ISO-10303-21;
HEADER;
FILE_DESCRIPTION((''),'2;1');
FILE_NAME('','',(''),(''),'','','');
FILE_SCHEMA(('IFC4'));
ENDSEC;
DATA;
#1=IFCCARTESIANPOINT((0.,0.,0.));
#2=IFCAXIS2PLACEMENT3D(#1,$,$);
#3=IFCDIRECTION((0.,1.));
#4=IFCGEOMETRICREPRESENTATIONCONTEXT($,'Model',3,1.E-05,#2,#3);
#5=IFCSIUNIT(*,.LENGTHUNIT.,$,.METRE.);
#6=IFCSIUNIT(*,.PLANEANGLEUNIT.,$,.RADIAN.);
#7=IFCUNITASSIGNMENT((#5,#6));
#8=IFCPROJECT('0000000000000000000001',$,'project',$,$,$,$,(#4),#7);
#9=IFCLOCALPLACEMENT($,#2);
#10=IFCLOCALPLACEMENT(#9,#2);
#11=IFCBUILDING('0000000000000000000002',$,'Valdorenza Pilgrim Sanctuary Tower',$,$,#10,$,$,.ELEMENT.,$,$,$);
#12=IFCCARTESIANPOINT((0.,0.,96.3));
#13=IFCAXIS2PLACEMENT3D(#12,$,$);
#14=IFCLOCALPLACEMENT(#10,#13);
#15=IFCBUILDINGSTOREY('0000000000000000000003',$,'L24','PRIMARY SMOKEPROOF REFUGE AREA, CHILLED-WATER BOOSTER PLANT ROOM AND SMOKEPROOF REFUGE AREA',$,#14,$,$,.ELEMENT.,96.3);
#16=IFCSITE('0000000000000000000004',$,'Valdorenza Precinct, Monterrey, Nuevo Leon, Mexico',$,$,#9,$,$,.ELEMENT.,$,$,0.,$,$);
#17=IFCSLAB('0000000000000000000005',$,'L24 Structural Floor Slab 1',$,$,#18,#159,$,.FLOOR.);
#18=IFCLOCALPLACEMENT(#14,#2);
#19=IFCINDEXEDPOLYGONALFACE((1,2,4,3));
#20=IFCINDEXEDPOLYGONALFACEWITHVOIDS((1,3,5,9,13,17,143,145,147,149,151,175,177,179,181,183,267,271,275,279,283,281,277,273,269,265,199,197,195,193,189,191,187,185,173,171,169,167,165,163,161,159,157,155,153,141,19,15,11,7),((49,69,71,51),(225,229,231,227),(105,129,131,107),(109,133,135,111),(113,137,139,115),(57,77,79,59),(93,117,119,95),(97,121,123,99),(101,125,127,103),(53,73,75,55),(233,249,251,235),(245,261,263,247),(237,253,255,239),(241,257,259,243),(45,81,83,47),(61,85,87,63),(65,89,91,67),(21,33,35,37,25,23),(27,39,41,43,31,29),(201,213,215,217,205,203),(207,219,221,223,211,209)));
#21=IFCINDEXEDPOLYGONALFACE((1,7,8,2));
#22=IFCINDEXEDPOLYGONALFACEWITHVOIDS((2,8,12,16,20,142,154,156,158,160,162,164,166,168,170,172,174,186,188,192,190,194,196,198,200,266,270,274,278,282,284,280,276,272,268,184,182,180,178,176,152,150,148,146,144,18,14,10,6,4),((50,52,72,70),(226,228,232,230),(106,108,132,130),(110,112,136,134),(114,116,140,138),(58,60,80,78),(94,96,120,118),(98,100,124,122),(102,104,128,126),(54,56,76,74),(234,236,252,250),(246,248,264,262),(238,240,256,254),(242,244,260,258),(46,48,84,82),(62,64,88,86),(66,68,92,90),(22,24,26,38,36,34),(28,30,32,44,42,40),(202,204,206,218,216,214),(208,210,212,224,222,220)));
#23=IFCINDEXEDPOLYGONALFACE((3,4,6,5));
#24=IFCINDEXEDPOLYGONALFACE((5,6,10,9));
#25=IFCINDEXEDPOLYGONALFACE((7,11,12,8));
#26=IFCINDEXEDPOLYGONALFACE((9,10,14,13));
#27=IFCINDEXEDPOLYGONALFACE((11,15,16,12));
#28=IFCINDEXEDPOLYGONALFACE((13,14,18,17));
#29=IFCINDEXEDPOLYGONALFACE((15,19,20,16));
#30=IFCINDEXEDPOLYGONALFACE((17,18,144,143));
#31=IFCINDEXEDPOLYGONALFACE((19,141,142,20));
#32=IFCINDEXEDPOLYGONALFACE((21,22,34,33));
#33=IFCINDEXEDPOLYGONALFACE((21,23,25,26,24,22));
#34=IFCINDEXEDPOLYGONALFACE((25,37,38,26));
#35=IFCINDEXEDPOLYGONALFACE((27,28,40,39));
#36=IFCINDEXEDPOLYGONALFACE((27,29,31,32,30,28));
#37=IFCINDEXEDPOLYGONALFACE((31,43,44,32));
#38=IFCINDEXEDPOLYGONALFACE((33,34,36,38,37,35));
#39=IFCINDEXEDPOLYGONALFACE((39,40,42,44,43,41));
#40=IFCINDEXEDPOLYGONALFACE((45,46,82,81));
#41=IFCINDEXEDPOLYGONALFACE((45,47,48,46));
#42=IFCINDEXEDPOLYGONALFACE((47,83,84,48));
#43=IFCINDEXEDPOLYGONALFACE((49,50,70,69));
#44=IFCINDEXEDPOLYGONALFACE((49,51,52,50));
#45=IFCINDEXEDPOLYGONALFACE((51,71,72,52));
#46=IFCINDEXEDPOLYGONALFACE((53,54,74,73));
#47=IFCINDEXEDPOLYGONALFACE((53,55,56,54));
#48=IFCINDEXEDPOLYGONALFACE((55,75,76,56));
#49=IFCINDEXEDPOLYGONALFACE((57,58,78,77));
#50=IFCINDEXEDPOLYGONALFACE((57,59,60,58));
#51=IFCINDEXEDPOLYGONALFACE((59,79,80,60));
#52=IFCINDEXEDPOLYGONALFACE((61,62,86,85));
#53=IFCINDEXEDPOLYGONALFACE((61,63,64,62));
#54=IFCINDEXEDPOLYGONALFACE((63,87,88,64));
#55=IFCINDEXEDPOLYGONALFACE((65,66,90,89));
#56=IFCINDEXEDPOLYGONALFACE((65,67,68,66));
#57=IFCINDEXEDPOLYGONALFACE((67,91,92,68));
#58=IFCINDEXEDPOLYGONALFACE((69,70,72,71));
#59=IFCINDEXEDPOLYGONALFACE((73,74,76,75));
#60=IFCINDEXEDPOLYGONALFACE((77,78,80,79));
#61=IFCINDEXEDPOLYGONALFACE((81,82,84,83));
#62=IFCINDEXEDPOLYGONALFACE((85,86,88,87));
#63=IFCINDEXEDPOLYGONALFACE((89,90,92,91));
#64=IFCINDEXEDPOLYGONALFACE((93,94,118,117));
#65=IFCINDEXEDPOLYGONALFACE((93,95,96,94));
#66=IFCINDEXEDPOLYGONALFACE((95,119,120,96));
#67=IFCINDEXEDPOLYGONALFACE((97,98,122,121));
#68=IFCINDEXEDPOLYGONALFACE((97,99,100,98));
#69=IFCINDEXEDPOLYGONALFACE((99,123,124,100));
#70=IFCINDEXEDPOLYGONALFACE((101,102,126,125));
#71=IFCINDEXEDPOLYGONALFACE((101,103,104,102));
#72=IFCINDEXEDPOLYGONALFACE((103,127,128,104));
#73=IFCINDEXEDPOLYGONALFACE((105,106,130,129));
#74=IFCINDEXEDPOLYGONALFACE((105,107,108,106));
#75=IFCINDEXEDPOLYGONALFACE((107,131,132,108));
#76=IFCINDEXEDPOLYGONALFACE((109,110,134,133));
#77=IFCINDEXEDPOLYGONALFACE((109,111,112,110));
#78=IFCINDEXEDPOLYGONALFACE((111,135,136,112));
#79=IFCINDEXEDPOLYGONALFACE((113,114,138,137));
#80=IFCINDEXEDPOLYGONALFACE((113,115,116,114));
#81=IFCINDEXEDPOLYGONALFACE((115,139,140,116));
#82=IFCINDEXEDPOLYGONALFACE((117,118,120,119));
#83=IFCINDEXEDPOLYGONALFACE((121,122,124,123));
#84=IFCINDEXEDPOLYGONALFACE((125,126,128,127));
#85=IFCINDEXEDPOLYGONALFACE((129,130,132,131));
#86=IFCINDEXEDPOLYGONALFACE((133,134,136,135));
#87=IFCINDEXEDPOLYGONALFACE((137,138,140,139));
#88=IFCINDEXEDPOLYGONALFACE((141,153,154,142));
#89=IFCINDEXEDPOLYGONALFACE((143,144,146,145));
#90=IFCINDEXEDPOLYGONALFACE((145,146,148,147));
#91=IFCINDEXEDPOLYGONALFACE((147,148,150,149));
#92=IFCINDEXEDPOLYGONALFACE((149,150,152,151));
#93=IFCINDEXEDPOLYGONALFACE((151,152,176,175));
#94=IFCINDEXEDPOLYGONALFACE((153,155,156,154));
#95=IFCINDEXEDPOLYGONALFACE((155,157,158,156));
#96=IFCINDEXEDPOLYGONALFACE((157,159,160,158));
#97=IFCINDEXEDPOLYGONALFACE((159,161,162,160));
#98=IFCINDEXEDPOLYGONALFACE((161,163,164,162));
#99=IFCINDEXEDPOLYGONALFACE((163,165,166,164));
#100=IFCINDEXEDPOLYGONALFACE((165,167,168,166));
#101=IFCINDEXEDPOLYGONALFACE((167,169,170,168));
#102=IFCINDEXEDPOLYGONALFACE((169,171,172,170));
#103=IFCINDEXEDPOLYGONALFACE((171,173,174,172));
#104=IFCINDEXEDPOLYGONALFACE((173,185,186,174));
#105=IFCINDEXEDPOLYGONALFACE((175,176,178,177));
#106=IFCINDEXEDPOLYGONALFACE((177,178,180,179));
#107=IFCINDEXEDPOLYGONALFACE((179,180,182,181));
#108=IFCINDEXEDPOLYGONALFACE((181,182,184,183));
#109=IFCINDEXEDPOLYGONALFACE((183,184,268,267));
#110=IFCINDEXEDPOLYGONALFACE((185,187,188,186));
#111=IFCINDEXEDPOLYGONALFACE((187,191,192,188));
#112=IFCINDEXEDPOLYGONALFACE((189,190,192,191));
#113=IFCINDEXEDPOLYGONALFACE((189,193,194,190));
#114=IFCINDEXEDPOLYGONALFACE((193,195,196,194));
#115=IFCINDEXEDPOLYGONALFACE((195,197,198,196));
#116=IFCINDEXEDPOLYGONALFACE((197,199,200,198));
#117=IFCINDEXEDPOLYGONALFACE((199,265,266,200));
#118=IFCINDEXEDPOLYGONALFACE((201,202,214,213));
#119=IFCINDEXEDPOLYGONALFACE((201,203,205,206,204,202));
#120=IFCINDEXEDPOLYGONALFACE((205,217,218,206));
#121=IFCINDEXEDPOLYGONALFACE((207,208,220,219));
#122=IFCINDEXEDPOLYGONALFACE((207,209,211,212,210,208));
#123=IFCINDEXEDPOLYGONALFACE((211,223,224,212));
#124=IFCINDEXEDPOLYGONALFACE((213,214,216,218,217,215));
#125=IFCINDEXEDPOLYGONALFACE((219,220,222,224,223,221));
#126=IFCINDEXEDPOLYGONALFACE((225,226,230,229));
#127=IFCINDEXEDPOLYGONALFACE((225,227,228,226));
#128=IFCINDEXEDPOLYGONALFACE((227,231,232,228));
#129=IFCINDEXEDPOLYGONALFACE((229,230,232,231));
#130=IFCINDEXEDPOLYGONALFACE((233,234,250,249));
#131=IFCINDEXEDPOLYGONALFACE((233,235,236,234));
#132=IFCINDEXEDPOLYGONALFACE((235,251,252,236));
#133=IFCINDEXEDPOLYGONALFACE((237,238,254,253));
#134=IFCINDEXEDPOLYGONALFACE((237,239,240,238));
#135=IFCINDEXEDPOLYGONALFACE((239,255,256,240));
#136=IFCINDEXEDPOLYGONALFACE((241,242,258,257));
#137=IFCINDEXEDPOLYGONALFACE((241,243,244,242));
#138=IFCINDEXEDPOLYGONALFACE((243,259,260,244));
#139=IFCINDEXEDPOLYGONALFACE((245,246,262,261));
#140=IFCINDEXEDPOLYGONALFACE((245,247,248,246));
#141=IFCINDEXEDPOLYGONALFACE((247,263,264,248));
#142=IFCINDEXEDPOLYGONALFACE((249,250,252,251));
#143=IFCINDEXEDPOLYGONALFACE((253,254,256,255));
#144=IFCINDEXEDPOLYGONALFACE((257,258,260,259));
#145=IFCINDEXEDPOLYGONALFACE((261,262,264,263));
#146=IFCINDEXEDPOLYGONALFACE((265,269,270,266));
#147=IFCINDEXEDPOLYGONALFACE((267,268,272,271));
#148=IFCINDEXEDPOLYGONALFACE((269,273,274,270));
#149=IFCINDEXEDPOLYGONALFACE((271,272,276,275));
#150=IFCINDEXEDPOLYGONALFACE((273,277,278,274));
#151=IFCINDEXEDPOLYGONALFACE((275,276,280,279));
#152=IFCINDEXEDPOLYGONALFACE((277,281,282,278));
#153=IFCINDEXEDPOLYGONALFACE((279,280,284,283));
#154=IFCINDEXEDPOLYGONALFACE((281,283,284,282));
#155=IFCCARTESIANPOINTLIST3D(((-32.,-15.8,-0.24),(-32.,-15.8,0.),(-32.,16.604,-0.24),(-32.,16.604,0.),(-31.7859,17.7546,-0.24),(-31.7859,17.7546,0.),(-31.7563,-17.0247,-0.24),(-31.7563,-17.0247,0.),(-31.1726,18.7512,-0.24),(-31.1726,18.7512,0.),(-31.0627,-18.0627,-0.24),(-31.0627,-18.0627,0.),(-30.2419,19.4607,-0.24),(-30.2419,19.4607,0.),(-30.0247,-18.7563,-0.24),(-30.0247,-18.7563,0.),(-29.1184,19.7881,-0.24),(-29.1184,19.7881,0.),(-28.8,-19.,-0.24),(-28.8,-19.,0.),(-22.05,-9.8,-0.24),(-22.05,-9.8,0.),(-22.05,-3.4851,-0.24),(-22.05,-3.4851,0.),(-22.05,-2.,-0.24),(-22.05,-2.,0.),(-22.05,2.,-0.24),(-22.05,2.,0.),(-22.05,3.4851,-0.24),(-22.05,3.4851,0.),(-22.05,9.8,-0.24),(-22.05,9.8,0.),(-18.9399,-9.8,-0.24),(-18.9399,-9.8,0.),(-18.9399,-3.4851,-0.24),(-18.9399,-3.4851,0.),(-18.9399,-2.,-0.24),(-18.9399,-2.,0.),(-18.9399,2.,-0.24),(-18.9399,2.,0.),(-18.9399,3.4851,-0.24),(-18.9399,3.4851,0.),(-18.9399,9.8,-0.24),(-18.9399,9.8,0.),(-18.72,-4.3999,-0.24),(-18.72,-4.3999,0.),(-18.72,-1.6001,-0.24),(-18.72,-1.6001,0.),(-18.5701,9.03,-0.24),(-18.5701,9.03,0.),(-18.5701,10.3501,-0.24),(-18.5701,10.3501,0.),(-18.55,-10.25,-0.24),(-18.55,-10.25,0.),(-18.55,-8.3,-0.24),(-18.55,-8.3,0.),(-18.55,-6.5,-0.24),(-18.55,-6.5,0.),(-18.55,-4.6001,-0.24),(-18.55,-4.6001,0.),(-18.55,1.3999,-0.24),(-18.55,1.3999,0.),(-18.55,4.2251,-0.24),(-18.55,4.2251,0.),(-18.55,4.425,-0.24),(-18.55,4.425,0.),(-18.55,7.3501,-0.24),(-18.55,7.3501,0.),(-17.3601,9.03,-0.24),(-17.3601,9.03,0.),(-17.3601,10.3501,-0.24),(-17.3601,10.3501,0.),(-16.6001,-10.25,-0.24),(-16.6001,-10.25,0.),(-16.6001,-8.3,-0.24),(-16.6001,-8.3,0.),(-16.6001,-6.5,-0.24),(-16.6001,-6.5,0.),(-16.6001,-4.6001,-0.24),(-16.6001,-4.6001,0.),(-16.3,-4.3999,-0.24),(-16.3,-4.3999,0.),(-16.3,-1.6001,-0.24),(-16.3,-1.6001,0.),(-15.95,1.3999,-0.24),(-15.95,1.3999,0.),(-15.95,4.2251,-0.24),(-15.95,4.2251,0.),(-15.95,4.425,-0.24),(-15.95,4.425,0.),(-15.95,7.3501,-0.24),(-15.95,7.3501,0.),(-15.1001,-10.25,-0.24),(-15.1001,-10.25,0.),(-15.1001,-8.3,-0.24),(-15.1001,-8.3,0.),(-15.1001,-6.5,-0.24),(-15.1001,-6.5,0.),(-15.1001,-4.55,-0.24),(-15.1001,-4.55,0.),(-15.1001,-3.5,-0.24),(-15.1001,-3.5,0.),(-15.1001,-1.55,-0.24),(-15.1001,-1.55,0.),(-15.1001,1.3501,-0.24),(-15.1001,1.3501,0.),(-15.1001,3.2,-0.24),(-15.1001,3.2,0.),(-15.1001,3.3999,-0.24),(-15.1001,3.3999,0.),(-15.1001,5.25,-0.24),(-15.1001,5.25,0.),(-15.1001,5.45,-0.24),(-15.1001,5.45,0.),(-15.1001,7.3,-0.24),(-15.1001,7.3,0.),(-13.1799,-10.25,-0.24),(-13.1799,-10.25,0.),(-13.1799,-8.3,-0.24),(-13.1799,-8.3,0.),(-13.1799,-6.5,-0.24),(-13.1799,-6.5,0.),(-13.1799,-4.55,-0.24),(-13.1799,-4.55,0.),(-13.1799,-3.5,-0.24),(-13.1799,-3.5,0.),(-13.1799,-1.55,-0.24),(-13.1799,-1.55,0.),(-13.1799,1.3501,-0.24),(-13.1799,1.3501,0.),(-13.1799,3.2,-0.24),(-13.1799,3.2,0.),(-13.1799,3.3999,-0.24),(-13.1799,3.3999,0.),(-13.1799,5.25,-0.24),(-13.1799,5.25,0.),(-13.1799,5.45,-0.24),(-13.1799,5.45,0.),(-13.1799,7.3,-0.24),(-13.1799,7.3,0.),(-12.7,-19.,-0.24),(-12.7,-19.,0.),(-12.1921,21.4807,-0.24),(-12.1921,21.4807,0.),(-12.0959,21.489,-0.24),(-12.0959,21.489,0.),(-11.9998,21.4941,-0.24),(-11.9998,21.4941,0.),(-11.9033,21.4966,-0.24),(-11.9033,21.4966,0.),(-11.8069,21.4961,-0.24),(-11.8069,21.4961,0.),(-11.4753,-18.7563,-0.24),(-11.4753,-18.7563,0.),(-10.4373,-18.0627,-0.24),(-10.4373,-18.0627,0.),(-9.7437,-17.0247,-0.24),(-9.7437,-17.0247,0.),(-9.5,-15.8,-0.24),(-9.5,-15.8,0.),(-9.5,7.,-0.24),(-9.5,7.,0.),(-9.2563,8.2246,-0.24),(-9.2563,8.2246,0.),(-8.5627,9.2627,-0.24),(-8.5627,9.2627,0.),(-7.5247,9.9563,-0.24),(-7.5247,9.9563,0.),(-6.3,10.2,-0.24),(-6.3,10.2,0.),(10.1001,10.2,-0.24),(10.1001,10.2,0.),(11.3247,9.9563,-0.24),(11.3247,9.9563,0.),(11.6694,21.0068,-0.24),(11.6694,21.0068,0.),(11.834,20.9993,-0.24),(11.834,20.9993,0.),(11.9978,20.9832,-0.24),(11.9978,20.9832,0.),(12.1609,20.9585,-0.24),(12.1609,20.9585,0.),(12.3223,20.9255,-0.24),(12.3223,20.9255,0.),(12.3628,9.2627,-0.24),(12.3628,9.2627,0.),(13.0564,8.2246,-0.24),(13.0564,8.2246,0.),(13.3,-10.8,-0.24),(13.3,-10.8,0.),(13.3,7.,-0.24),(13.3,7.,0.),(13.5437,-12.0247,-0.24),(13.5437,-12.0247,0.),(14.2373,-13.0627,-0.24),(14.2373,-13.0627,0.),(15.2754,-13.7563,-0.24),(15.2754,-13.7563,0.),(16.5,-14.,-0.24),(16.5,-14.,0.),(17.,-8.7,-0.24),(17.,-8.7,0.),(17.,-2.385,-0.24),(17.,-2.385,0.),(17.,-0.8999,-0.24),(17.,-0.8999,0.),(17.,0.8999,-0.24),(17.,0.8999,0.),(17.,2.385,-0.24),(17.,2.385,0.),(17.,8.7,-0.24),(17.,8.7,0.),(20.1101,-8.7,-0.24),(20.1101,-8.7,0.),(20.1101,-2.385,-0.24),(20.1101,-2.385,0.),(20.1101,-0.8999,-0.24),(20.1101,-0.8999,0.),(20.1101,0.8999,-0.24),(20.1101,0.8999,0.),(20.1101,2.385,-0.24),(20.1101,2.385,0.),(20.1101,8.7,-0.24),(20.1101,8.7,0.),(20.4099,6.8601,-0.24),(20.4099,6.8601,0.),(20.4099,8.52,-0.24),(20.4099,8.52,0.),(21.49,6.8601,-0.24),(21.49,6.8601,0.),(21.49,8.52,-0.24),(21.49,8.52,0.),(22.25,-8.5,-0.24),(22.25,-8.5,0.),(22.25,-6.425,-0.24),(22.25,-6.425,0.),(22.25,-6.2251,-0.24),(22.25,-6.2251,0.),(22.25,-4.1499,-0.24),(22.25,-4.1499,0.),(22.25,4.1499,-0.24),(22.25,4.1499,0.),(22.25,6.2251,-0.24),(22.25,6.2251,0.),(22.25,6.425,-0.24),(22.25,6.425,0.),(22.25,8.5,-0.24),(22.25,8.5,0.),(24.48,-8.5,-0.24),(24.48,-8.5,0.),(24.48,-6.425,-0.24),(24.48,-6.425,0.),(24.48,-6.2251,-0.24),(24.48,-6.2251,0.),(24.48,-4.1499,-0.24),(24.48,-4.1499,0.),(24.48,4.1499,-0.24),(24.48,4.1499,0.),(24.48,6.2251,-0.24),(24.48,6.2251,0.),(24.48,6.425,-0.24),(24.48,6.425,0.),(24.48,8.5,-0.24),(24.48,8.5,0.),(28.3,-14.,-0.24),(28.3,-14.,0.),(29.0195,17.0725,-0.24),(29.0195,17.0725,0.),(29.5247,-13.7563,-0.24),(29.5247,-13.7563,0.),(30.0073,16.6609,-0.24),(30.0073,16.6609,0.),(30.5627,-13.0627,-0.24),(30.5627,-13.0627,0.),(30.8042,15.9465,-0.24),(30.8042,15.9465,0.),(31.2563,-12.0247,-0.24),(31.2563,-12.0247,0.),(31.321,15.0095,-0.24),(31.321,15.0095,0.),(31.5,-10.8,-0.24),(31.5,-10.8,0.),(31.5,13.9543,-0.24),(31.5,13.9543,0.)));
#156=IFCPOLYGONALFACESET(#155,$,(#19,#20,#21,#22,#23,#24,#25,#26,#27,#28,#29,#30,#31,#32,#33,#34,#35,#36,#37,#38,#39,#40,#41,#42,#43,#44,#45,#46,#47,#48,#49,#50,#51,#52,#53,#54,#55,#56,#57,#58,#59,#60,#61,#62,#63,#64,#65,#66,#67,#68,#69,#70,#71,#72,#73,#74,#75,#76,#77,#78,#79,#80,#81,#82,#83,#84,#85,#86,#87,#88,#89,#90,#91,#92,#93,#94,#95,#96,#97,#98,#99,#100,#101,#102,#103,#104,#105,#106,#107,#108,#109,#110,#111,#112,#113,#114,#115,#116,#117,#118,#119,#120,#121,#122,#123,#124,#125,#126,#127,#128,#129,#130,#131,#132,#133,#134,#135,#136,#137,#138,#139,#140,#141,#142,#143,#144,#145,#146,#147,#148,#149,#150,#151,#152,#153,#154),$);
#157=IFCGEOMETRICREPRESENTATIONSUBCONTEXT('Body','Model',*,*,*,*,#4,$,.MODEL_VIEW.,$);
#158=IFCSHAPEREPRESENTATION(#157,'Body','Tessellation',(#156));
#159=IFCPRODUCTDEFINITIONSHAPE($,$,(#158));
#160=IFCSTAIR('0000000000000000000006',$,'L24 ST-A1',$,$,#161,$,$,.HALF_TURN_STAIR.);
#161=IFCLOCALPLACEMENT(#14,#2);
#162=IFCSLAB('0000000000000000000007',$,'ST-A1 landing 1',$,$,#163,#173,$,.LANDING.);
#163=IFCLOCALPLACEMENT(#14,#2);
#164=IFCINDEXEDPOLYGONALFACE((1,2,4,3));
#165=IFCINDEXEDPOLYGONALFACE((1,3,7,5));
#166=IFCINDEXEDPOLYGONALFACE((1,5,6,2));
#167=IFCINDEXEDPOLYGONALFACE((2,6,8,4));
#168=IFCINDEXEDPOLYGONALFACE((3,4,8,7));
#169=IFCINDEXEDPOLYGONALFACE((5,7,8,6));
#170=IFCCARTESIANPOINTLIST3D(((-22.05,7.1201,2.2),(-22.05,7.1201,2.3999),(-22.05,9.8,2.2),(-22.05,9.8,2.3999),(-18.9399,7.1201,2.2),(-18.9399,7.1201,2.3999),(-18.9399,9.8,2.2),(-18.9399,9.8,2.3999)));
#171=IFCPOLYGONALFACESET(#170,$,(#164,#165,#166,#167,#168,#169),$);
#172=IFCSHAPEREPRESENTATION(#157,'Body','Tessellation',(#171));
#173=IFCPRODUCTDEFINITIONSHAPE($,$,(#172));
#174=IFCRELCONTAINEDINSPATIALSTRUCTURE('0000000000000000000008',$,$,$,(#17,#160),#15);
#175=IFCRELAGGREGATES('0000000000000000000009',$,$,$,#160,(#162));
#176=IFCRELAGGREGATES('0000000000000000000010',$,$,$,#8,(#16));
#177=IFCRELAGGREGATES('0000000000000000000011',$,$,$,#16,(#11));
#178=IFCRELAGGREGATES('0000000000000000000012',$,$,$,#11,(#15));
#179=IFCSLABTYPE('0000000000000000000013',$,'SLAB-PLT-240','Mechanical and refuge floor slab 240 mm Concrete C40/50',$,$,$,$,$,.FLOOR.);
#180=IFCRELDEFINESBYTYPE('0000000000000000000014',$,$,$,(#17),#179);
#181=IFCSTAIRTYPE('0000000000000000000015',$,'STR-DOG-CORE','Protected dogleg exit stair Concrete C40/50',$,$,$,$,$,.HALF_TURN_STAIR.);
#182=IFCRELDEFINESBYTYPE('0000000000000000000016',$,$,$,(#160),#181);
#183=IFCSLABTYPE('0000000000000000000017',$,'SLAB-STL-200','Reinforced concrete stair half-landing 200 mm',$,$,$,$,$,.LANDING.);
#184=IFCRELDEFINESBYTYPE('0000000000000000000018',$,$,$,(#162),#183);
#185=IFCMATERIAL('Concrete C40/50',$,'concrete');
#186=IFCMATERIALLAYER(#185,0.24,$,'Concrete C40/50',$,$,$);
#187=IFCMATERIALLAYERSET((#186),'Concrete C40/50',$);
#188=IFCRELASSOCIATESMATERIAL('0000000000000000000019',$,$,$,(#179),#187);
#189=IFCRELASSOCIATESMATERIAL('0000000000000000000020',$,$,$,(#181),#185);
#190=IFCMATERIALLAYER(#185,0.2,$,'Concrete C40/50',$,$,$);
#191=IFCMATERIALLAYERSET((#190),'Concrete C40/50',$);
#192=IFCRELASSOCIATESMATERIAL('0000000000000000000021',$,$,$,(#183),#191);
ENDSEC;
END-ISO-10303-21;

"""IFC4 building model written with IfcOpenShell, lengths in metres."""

from ifc_helpers import new_model, si_unit, direction, frame, origin, place, context, subcontext, project, spatial, polyline, outline, extrude, material, layer, layer_set, type_object, element, aggregate, save


model = new_model("IFC4")

# Units and contexts
model_context = context("Model", 3, precision=1e-05, world=origin(), true_north=direction((0.0, 1.0)))
body_context = subcontext(model_context, "Body", "Model", "MODEL_VIEW")
ifc_project = project(units=[si_unit("LENGTHUNIT", "METRE"), si_unit("PLANEANGLEUNIT", "RADIAN")], contexts=[model_context])

# Site, building, storey
site_placement = place(None, origin())
site = spatial("IfcSite", under=ifc_project, at=site_placement, Name="Valdorenza Precinct, Monterrey, Nuevo Leon, Mexico", CompositionType="ELEMENT", RefElevation=0.0)
building_placement = place(site_placement, origin())
building = spatial("IfcBuilding", under=site, at=building_placement, Name="Valdorenza Pilgrim Sanctuary Tower", CompositionType="ELEMENT")
storey_placement = place(building_placement, frame((0.0, 0.0, 96.3)))
storey = spatial("IfcBuildingStorey", under=building, at=storey_placement, Name="L24", Description="PRIMARY SMOKEPROOF REFUGE AREA, CHILLED-WATER BOOSTER PLANT ROOM AND SMOKEPROOF REFUGE AREA", CompositionType="ELEMENT", Elevation=96.3)

# Slab
ifc_material_1 = material(Name="Concrete C40/50", Category="concrete")
ifc_layer_1 = layer(ifc_material_1, 0.24, Name="Concrete C40/50")
ifc_layer_set_1 = layer_set([ifc_layer_1], Name="Concrete C40/50")
slab_type_1 = type_object("IfcSlabType", Name="SLAB-PLT-240", Description="Mechanical and refuge floor slab 240 mm Concrete C40/50", PredefinedType="FLOOR", material=ifc_layer_set_1)
slab_1_placement = place(storey_placement, frame((0.0, 0.0, -0.24)))
element("IfcSlab", 1, at=slab_1_placement, inside=storey, type_object=slab_type_1, Name="L24 Structural Floor Slab 1", PredefinedType="FLOOR", context=body_context, shape_type="SweptSolid", body=[
    extrude(outline(polyline([(-32.0, 16.604), (-31.7859, 17.7546), (-31.1726, 18.7512), (-30.2419, 19.4607), (-29.1184, 19.7881), (-12.1921, 21.4807), (-12.0959, 21.489), (-11.9998, 21.4941), (-11.9033, 21.4966), (-11.8069, 21.4961), (11.6694, 21.0068), (11.834, 20.9993), (11.9978, 20.9832), (12.1609, 20.9585), (12.3223, 20.9255), (29.0195, 17.0725), (30.0073, 16.6609), (30.8042, 15.9465), (31.321, 15.0095), (31.5, 13.9543), (31.5, -10.8), (31.2563, -12.0247), (30.5627, -13.0627), (29.5247, -13.7563), (28.3, -14.0), (16.5, -14.0), (15.2754, -13.7563), (14.2373, -13.0627), (13.5437, -12.0247), (13.3, -10.8), (13.3, 7.0), (13.0564, 8.2246), (12.3628, 9.2627), (11.3247, 9.9563), (10.1001, 10.2), (-6.3, 10.2), (-7.5247, 9.9563), (-8.5627, 9.2627), (-9.2563, 8.2246), (-9.5, 7.0), (-9.5, -15.8), (-9.7437, -17.0247), (-10.4373, -18.0627), (-11.4753, -18.7563), (-12.7, -19.0), (-28.8, -19.0), (-30.0247, -18.7563), (-31.0627, -18.0627), (-31.7563, -17.0247), (-32.0, -15.8), (-32.0, 16.604)]), holes=[polyline([(-16.6001, -10.25), (-16.6001, -8.3), (-18.55, -8.3), (-18.55, -10.25), (-16.6001, -10.25)]), polyline([(-22.05, -9.8), (-18.9399, -9.8), (-18.9399, -3.4851), (-18.9399, -2.0), (-22.05, -2.0), (-22.05, -3.4851), (-22.05, -9.8)]), polyline([(-18.55, -6.5), (-16.6001, -6.5), (-16.6001, -4.6001), (-18.55, -4.6001), (-18.55, -6.5)]), polyline([(-13.1799, -6.5), (-13.1799, -4.55), (-15.1001, -4.55), (-15.1001, -6.5), (-13.1799, -6.5)]), polyline([(-18.72, -4.3999), (-16.3, -4.3999), (-16.3, -1.6001), (-18.72, -1.6001), (-18.72, -4.3999)]), polyline([(-13.1799, -3.5), (-13.1799, -1.55), (-15.1001, -1.55), (-15.1001, -3.5), (-13.1799, -3.5)]), polyline([(-22.05, 2.0), (-18.9399, 2.0), (-18.9399, 3.4851), (-18.9399, 9.8), (-22.05, 9.8), (-22.05, 3.4851), (-22.05, 2.0)]), polyline([(-18.55, 1.3999), (-15.95, 1.3999), (-15.95, 4.2251), (-18.55, 4.2251), (-18.55, 1.3999)]), polyline([(-15.95, 4.425), (-15.95, 7.3501), (-18.55, 7.3501), (-18.55, 4.425), (-15.95, 4.425)]), polyline([(-15.1001, 5.45), (-13.1799, 5.45), (-13.1799, 7.3), (-15.1001, 7.3), (-15.1001, 5.45)]), polyline([(-17.3601, 9.03), (-17.3601, 10.3501), (-18.5701, 10.3501), (-18.5701, 9.03), (-17.3601, 9.03)]), polyline([(-15.1001, -10.25), (-13.1799, -10.25), (-13.1799, -8.3), (-15.1001, -8.3), (-15.1001, -10.25)]), polyline([(22.25, -8.5), (24.48, -8.5), (24.48, -6.425), (22.25, -6.425), (22.25, -8.5)]), polyline([(17.0, -2.385), (17.0, -8.7), (20.1101, -8.7), (20.1101, -2.385), (20.1101, -0.8999), (17.0, -0.8999), (17.0, -2.385)]), polyline([(22.25, -6.2251), (24.48, -6.2251), (24.48, -4.1499), (22.25, -4.1499), (22.25, -6.2251)]), polyline([(17.0, 0.8999), (20.1101, 0.8999), (20.1101, 2.385), (20.1101, 8.7), (17.0, 8.7), (17.0, 2.385), (17.0, 0.8999)]), polyline([(-15.1001, 1.3501), (-13.1799, 1.3501), (-13.1799, 3.2), (-15.1001, 3.2), (-15.1001, 1.3501)]), polyline([(-15.1001, 3.3999), (-13.1799, 3.3999), (-13.1799, 5.25), (-15.1001, 5.25), (-15.1001, 3.3999)]), polyline([(22.25, 4.1499), (24.48, 4.1499), (24.48, 6.2251), (22.25, 6.2251), (22.25, 4.1499)]), polyline([(22.25, 6.425), (24.48, 6.425), (24.48, 8.5), (22.25, 8.5), (22.25, 6.425)]), polyline([(20.4099, 6.8601), (21.49, 6.8601), (21.49, 8.52), (20.4099, 8.52), (20.4099, 6.8601)])]), origin(), (0.0, 0.0, 1.0), 0.24),
])

# Stair, slab
stair_type = type_object("IfcStairType", Name="STR-DOG-CORE", Description="Protected dogleg exit stair Concrete C40/50", PredefinedType="HALF_TURN_STAIR", material=ifc_material_1)
stair_1_placement = place(storey_placement, origin())
stair_1 = element("IfcStair", 2, at=stair_1_placement, inside=storey, type_object=stair_type, Name="L24 ST-A1", PredefinedType="HALF_TURN_STAIR")
ifc_layer_2 = layer(ifc_material_1, 0.2, Name="Concrete C40/50")
ifc_layer_set_2 = layer_set([ifc_layer_2], Name="Concrete C40/50")
slab_type_2 = type_object("IfcSlabType", Name="SLAB-STL-200", Description="Reinforced concrete stair half-landing 200 mm", PredefinedType="LANDING", material=ifc_layer_set_2)
slab_2_placement = place(storey_placement, frame((0.0, 0.0, 2.2)))
slab_2 = element("IfcSlab", 3, at=slab_2_placement, type_object=slab_type_2, Name="ST-A1 landing 1", PredefinedType="LANDING", context=body_context, shape_type="SweptSolid", body=[
    extrude(outline(polyline([(-18.9399, 7.1201), (-18.9399, 9.8), (-22.05, 9.8), (-22.05, 7.1201), (-18.9399, 7.1201)])), origin(), (0.0, 0.0, 1.0), 0.2),
])
aggregate(stair_1, [slab_2])

save(model, "model.ifc")
